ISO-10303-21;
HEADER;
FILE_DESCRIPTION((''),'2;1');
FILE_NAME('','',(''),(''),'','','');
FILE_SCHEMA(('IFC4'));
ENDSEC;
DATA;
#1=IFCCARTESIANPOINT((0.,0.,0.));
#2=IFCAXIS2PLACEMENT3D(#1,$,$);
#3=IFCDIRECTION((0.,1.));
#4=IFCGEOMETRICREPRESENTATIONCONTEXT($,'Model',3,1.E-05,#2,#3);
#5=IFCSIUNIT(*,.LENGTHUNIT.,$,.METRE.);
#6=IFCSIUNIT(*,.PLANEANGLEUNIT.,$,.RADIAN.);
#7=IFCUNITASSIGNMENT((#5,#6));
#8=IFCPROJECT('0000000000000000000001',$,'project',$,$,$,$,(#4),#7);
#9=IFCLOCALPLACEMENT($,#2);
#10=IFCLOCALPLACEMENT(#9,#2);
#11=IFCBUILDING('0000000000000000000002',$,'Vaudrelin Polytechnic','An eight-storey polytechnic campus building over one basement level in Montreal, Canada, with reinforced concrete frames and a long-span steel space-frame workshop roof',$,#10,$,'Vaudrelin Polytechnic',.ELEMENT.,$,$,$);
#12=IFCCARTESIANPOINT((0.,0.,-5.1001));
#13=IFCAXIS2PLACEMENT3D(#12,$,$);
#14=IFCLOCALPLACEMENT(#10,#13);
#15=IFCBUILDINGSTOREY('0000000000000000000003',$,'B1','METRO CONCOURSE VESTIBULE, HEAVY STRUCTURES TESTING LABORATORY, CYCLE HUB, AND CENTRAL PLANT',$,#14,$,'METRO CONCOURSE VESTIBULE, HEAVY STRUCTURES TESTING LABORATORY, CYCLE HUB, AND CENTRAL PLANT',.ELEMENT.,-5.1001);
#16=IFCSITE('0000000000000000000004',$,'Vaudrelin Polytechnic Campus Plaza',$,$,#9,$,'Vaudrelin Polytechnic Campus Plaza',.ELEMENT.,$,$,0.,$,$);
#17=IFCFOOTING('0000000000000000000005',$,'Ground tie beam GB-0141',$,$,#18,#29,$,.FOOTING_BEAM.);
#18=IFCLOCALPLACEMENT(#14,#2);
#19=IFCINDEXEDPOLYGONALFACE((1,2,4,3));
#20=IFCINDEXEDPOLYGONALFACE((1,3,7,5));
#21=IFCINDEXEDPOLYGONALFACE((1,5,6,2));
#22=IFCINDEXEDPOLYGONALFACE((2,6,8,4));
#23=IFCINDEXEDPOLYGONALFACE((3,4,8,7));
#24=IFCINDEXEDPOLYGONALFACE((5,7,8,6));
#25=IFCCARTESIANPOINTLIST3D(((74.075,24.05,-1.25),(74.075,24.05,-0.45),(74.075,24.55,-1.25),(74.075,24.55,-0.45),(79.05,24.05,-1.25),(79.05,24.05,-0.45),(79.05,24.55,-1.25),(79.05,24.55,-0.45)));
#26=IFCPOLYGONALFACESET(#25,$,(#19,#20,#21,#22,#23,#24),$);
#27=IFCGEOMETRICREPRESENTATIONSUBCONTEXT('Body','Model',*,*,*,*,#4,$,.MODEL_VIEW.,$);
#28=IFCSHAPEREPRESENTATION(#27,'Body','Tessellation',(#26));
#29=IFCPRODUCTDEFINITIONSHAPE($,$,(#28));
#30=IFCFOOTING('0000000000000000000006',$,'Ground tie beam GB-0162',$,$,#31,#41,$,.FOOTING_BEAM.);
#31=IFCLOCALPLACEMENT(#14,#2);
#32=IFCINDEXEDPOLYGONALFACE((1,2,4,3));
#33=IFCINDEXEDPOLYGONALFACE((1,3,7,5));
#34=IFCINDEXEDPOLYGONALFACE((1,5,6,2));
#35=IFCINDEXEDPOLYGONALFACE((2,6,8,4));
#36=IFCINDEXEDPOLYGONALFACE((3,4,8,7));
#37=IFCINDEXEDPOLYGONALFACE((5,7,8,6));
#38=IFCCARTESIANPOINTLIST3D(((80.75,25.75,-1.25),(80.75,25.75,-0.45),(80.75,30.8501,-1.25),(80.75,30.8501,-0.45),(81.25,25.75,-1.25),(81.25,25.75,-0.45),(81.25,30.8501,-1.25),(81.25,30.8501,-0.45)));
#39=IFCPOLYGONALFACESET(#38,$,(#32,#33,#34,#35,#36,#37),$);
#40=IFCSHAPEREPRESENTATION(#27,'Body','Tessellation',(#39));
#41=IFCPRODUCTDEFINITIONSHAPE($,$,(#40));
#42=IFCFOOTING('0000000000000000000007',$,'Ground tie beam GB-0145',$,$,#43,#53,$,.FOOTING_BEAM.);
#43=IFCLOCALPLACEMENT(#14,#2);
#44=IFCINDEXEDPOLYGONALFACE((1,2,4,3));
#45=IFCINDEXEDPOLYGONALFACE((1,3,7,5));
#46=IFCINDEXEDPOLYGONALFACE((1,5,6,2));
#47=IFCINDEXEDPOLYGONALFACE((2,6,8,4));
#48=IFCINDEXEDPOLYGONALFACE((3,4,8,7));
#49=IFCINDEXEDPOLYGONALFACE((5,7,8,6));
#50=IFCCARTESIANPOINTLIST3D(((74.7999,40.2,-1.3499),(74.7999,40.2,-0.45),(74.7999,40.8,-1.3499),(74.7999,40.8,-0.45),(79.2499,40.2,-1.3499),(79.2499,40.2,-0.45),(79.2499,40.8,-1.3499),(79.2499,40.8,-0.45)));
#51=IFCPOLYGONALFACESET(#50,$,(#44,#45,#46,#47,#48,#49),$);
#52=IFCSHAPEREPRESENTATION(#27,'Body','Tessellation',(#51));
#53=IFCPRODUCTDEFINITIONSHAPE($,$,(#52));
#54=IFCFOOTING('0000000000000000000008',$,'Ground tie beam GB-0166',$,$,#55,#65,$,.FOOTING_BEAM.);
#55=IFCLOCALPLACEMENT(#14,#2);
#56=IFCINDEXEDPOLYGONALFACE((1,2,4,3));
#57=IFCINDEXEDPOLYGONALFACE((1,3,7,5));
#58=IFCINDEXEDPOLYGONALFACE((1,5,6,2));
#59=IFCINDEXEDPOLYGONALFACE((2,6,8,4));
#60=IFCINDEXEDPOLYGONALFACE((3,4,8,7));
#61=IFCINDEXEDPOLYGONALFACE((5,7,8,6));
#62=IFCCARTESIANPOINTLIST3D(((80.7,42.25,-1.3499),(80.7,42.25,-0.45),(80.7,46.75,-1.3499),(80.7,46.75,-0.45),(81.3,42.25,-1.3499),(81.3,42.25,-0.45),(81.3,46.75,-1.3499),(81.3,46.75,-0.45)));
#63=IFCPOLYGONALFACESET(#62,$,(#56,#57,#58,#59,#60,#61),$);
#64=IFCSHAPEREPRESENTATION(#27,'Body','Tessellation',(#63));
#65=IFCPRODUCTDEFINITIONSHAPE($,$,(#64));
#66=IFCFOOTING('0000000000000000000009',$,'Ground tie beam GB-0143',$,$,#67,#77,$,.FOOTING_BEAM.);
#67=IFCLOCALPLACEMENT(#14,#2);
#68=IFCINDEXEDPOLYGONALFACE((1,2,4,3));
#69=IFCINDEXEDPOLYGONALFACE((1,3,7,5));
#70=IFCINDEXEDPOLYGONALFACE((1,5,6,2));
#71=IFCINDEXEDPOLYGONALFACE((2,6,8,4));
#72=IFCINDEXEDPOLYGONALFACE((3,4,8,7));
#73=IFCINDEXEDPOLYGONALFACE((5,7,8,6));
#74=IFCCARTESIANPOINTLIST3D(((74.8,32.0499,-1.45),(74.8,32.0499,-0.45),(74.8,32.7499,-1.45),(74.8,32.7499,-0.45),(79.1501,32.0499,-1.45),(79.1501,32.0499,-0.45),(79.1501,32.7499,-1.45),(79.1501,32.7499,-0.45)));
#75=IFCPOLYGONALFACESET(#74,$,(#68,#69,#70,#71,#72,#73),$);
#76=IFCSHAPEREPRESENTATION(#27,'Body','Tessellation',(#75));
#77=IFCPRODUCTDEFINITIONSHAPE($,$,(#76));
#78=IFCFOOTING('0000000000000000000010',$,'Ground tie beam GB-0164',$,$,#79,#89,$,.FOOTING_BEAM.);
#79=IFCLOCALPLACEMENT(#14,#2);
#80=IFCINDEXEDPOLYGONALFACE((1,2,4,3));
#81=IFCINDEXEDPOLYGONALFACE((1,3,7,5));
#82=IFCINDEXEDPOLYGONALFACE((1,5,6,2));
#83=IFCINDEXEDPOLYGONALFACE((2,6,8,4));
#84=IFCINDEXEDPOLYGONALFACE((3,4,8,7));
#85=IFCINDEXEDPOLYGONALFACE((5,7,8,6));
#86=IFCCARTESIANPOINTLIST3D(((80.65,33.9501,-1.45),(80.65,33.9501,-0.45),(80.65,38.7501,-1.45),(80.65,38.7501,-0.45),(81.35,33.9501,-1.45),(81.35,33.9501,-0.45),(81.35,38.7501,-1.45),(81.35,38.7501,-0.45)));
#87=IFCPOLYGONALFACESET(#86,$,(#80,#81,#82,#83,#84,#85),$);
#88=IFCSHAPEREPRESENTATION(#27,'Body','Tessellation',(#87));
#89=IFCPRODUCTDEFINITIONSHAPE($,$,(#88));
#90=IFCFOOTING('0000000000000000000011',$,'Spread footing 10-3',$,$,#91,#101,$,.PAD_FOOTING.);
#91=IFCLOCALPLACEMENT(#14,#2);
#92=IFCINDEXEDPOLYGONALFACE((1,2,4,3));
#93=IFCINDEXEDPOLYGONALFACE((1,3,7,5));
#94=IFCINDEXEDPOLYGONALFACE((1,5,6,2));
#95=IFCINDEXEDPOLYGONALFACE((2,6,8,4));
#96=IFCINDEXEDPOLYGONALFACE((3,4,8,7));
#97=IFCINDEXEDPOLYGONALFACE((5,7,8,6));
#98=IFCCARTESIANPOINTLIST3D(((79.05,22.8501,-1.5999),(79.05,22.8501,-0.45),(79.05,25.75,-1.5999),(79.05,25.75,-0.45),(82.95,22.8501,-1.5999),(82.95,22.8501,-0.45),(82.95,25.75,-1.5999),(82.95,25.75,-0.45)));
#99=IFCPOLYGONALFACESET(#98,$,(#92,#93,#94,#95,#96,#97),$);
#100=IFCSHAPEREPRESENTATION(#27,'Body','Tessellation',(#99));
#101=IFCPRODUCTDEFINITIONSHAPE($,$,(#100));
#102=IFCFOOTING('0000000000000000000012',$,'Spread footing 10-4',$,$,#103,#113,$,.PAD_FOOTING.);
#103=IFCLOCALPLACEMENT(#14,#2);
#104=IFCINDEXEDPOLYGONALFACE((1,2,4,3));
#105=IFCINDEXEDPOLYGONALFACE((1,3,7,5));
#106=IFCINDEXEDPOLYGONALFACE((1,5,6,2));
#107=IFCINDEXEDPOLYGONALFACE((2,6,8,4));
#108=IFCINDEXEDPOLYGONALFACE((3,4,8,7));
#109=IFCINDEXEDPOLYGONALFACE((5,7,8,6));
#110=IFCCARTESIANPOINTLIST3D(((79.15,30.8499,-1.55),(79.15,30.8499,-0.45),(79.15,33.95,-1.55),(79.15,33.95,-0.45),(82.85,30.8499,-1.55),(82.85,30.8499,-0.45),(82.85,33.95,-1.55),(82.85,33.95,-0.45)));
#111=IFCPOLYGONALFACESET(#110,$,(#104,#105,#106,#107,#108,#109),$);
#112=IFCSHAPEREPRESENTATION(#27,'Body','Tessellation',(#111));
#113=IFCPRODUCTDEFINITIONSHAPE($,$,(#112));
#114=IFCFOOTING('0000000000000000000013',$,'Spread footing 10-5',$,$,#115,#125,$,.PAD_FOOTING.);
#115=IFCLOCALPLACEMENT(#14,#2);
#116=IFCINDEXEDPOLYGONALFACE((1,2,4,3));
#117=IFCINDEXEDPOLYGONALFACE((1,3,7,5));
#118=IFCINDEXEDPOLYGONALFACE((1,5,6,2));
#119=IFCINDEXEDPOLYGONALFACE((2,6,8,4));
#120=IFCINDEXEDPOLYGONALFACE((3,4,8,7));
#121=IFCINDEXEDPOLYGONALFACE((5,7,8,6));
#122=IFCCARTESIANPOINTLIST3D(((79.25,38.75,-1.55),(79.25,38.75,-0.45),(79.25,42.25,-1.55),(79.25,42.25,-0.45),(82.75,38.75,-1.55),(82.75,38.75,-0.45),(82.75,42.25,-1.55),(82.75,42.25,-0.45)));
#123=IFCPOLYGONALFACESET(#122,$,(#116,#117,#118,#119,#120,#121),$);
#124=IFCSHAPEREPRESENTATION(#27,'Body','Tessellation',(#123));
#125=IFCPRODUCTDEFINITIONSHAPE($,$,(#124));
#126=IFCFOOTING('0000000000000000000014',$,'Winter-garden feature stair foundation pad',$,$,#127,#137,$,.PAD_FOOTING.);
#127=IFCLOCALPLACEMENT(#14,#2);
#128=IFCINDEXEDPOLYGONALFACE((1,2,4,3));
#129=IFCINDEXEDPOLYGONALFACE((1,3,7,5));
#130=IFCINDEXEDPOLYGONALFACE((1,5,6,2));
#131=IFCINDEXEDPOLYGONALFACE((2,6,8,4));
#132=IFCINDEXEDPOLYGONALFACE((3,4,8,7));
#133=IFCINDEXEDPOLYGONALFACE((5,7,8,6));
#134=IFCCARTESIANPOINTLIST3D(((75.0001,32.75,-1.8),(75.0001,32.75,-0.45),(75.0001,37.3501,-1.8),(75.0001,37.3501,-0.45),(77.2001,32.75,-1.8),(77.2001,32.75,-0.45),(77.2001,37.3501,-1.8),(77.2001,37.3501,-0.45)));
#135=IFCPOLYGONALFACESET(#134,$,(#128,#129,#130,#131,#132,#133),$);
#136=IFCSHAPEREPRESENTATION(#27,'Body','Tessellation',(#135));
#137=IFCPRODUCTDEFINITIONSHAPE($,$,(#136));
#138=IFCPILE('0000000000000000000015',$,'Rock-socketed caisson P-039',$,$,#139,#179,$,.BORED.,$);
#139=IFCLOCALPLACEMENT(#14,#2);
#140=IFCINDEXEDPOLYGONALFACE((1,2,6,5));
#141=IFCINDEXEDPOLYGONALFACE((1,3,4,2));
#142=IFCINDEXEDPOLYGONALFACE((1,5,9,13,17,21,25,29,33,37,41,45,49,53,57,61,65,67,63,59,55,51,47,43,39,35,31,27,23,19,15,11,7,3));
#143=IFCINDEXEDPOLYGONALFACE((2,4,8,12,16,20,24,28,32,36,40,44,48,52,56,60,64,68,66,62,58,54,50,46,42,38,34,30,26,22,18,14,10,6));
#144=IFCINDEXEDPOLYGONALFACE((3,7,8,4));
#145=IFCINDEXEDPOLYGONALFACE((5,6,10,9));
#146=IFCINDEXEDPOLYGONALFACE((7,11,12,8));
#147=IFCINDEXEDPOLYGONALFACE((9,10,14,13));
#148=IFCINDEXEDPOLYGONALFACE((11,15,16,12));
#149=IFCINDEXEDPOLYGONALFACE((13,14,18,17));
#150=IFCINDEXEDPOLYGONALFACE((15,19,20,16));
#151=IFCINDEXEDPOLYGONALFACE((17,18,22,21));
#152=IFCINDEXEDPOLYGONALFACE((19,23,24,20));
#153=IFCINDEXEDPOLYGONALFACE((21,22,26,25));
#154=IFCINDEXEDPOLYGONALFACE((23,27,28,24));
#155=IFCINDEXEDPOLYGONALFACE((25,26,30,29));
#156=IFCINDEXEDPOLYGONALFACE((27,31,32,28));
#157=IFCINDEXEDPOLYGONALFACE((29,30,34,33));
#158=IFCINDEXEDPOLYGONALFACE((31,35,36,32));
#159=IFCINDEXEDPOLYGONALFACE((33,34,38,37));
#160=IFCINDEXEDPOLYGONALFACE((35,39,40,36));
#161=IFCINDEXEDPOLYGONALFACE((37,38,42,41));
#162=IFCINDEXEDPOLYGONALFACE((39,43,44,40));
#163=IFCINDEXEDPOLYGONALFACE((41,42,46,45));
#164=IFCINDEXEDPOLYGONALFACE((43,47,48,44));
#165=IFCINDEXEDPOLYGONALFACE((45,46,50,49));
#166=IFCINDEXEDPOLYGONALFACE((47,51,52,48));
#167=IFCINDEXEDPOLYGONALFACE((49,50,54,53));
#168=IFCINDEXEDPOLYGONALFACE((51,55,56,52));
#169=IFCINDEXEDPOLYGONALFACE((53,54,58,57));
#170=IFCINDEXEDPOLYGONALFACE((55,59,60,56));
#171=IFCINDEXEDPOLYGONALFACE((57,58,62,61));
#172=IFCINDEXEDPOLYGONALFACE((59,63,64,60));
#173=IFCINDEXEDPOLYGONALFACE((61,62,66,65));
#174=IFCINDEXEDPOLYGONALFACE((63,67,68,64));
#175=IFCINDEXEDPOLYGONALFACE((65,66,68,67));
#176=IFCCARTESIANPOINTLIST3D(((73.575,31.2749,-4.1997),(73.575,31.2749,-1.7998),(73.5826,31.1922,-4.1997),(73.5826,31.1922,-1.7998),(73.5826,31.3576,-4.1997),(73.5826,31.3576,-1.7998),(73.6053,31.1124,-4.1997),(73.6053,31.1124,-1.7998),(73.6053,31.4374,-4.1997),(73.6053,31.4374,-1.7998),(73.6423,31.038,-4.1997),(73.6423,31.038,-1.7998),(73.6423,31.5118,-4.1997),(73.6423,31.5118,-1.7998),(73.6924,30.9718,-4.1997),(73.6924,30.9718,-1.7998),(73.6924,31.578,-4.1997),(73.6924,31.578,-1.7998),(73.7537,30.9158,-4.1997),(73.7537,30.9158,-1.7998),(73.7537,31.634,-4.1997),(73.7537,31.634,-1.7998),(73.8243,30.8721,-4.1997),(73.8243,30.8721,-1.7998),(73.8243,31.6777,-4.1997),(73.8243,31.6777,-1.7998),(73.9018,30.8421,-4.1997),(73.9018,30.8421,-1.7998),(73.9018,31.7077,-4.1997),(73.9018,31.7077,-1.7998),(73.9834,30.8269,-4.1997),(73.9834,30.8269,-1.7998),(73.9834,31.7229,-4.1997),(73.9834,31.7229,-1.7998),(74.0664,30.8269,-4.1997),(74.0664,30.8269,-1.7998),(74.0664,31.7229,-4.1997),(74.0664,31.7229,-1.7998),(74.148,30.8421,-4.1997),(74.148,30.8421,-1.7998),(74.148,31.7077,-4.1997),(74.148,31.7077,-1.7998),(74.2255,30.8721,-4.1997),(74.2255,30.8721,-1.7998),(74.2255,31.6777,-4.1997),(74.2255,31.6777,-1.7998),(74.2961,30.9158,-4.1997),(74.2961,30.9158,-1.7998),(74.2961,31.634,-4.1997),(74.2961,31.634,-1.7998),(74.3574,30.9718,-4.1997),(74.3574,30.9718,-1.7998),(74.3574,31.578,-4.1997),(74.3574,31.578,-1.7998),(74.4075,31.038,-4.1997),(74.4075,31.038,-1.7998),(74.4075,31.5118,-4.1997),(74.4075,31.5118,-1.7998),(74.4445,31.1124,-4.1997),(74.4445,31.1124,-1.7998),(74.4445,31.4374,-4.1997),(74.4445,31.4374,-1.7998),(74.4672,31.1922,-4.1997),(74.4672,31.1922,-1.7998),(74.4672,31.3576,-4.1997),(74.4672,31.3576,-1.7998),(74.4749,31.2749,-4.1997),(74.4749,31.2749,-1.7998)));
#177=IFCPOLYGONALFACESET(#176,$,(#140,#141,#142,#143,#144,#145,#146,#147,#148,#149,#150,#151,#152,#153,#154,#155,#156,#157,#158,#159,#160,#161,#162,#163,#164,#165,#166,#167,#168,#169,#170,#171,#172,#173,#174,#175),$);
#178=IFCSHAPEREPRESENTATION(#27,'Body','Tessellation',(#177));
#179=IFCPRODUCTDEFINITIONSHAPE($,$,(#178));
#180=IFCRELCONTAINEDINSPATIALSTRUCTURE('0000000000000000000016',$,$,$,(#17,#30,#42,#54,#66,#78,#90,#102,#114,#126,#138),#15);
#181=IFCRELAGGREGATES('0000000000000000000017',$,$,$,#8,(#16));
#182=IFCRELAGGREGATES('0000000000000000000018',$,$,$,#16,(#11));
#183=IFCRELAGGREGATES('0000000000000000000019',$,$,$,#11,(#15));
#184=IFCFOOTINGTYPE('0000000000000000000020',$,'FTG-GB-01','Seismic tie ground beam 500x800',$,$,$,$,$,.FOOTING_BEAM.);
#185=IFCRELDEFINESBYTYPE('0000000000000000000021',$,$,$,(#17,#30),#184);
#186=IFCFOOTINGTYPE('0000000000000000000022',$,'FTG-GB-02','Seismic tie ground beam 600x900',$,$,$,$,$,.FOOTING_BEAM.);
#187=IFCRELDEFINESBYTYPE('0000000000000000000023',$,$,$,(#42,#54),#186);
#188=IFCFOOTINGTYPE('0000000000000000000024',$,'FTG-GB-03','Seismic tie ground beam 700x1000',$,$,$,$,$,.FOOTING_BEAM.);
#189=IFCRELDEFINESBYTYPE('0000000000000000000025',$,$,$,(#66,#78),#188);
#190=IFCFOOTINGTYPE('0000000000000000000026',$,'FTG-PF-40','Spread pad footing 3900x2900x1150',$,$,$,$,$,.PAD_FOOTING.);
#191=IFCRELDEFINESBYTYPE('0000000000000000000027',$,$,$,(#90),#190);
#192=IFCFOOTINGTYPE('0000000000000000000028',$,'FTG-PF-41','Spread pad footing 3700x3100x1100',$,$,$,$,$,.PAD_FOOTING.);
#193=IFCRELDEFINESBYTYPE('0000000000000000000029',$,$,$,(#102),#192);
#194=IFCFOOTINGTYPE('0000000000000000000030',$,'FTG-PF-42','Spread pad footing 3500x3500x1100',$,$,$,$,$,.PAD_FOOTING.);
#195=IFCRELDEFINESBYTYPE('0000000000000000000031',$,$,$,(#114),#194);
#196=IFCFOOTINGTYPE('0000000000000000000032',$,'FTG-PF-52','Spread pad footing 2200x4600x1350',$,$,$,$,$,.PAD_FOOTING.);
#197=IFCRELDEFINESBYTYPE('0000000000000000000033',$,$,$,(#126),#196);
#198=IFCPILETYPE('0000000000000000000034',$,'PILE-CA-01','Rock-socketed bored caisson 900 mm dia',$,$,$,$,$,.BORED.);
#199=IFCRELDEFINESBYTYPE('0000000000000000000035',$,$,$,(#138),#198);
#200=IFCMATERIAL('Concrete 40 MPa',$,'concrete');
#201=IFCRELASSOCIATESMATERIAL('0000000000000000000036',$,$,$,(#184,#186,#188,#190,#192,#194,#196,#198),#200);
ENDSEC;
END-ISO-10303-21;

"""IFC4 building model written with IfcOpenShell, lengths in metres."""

from ifc_helpers import new_model, si_unit, direction, frame, origin, origin_2d, place, context, subcontext, project, spatial, rectangle, circle, extrude, material, material_profile, profile_set, type_object, element, save


model = new_model("IFC4")

# Units and contexts
model_context = context("Model", 3, precision=1e-05, world=origin(), true_north=direction((0.0, 1.0)))
body_context = subcontext(model_context, "Body", "Model", "MODEL_VIEW")
ifc_project = project(units=[si_unit("LENGTHUNIT", "METRE"), si_unit("PLANEANGLEUNIT", "RADIAN")], contexts=[model_context])

# Site, building, storey
site_placement = place(None, origin())
site = spatial("IfcSite", under=ifc_project, at=site_placement, Name="Vaudrelin Polytechnic Campus Plaza", LongName="Vaudrelin Polytechnic Campus Plaza", CompositionType="ELEMENT", RefElevation=0.0)
building_placement = place(site_placement, origin())
building = spatial("IfcBuilding", under=site, at=building_placement, Name="Vaudrelin Polytechnic", Description="An eight-storey polytechnic campus building over one basement level in Montreal, Canada, with reinforced concrete frames and a long-span steel space-frame workshop roof", LongName="Vaudrelin Polytechnic", CompositionType="ELEMENT")
storey_placement = place(building_placement, frame((0.0, 0.0, -5.1001)))
storey = spatial("IfcBuildingStorey", under=building, at=storey_placement, Name="B1", Description="METRO CONCOURSE VESTIBULE, HEAVY STRUCTURES TESTING LABORATORY, CYCLE HUB, AND CENTRAL PLANT", LongName="METRO CONCOURSE VESTIBULE, HEAVY STRUCTURES TESTING LABORATORY, CYCLE HUB, AND CENTRAL PLANT", CompositionType="ELEMENT", Elevation=-5.1001)

# Footings
ifc_material_1 = material(Name="Concrete 40 MPa", Category="concrete")
footing_type_1 = type_object("IfcFootingType", Name="FTG-GB-01", Description="Seismic tie ground beam 500x800", PredefinedType="FOOTING_BEAM", material=ifc_material_1)
footing_1_placement = place(storey_placement, frame((76.5625, 24.3, -1.25), z_axis=(0.0, 0.0, 1.0), x_axis=(1.0, 0.0, 0.0)))
element("IfcFooting", 1, at=footing_1_placement, inside=storey, type_object=footing_type_1, Name="Ground tie beam GB-0141", PredefinedType="FOOTING_BEAM", context=body_context, shape_type="SweptSolid", body=[
    extrude(rectangle(XDim=4.9751, YDim=0.5, at=origin_2d()), origin(), (0.0, 0.0, 1.0), 0.8),
])
footing_2_placement = place(storey_placement, frame((81.0, 28.3, -1.25), z_axis=(0.0, 0.0, 1.0), x_axis=(1.0, 0.0, 0.0)))
element("IfcFooting", 2, at=footing_2_placement, inside=storey, type_object=footing_type_1, Name="Ground tie beam GB-0162", PredefinedType="FOOTING_BEAM", context=body_context, shape_type="SweptSolid", body=[
    extrude(rectangle(XDim=0.5, YDim=5.1001, at=origin_2d()), origin(), (0.0, 0.0, 1.0), 0.8),
])
footing_type_2 = type_object("IfcFootingType", Name="FTG-GB-02", Description="Seismic tie ground beam 600x900", PredefinedType="FOOTING_BEAM", material=ifc_material_1)
footing_3_placement = place(storey_placement, frame((77.0249, 40.5, -1.3499), z_axis=(0.0, 0.0, 1.0), x_axis=(1.0, 0.0, 0.0)))
element("IfcFooting", 3, at=footing_3_placement, inside=storey, type_object=footing_type_2, Name="Ground tie beam GB-0145", PredefinedType="FOOTING_BEAM", context=body_context, shape_type="SweptSolid", body=[
    extrude(rectangle(XDim=4.45, YDim=0.6001, at=origin_2d()), origin(), (0.0, 0.0, 1.0), 0.8999),
])
footing_4_placement = place(storey_placement, frame((81.0, 44.5, -1.3499), z_axis=(0.0, 0.0, 1.0), x_axis=(1.0, 0.0, 0.0)))
element("IfcFooting", 4, at=footing_4_placement, inside=storey, type_object=footing_type_2, Name="Ground tie beam GB-0166", PredefinedType="FOOTING_BEAM", context=body_context, shape_type="SweptSolid", body=[
    extrude(rectangle(XDim=0.6001, YDim=4.5, at=origin_2d()), origin(), (0.0, 0.0, 1.0), 0.8999),
])
footing_type_3 = type_object("IfcFootingType", Name="FTG-GB-03", Description="Seismic tie ground beam 700x1000", PredefinedType="FOOTING_BEAM", material=ifc_material_1)
footing_5_placement = place(storey_placement, frame((76.9751, 32.3999, -1.45), z_axis=(0.0, 0.0, 1.0), x_axis=(1.0, 0.0, 0.0)))
element("IfcFooting", 5, at=footing_5_placement, inside=storey, type_object=footing_type_3, Name="Ground tie beam GB-0143", PredefinedType="FOOTING_BEAM", context=body_context, shape_type="SweptSolid", body=[
    extrude(rectangle(XDim=4.3501, YDim=0.7, at=origin_2d()), origin(), (0.0, 0.0, 1.0), 1.0),
])
footing_6_placement = place(storey_placement, frame((81.0, 36.3501, -1.45), z_axis=(0.0, 0.0, 1.0), x_axis=(1.0, 0.0, 0.0)))
element("IfcFooting", 6, at=footing_6_placement, inside=storey, type_object=footing_type_3, Name="Ground tie beam GB-0164", PredefinedType="FOOTING_BEAM", context=body_context, shape_type="SweptSolid", body=[
    extrude(rectangle(XDim=0.7, YDim=4.8, at=origin_2d()), origin(), (0.0, 0.0, 1.0), 1.0),
])
footing_type_4 = type_object("IfcFootingType", Name="FTG-PF-40", Description="Spread pad footing 3900x2900x1150", PredefinedType="PAD_FOOTING", material=ifc_material_1)
footing_7_placement = place(storey_placement, frame((81.0, 24.3, -1.5999), z_axis=(0.0, 0.0, 1.0), x_axis=(1.0, 0.0, 0.0)))
element("IfcFooting", 7, at=footing_7_placement, inside=storey, type_object=footing_type_4, Name="Spread footing 10-3", PredefinedType="PAD_FOOTING", context=body_context, shape_type="SweptSolid", body=[
    extrude(rectangle(XDim=3.8999, YDim=2.8999, at=origin_2d()), origin(), (0.0, 0.0, 1.0), 1.1499),
])
footing_type_5 = type_object("IfcFootingType", Name="FTG-PF-41", Description="Spread pad footing 3700x3100x1100", PredefinedType="PAD_FOOTING", material=ifc_material_1)
footing_8_placement = place(storey_placement, frame((81.0, 32.3999, -1.55), z_axis=(0.0, 0.0, 1.0), x_axis=(1.0, 0.0, 0.0)))
element("IfcFooting", 8, at=footing_8_placement, inside=storey, type_object=footing_type_5, Name="Spread footing 10-4", PredefinedType="PAD_FOOTING", context=body_context, shape_type="SweptSolid", body=[
    extrude(rectangle(XDim=3.7, YDim=3.1001, at=origin_2d()), origin(), (0.0, 0.0, 1.0), 1.1001),
])
footing_type_6 = type_object("IfcFootingType", Name="FTG-PF-42", Description="Spread pad footing 3500x3500x1100", PredefinedType="PAD_FOOTING", material=ifc_material_1)
footing_9_placement = place(storey_placement, frame((81.0, 40.5, -1.55), z_axis=(0.0, 0.0, 1.0), x_axis=(1.0, 0.0, 0.0)))
element("IfcFooting", 9, at=footing_9_placement, inside=storey, type_object=footing_type_6, Name="Spread footing 10-5", PredefinedType="PAD_FOOTING", context=body_context, shape_type="SweptSolid", body=[
    extrude(rectangle(XDim=3.5, YDim=3.5, at=origin_2d()), origin(), (0.0, 0.0, 1.0), 1.1001),
])
footing_type_7 = type_object("IfcFootingType", Name="FTG-PF-52", Description="Spread pad footing 2200x4600x1350", PredefinedType="PAD_FOOTING", material=ifc_material_1)
footing_10_placement = place(storey_placement, frame((76.1001, 35.05, -1.8), z_axis=(0.0, 0.0, 1.0), x_axis=(1.0, 0.0, 0.0)))
element("IfcFooting", 10, at=footing_10_placement, inside=storey, type_object=footing_type_7, Name="Winter-garden feature stair foundation pad", PredefinedType="PAD_FOOTING", context=body_context, shape_type="SweptSolid", body=[
    extrude(rectangle(XDim=2.2, YDim=4.6001, at=origin_2d()), origin(), (0.0, 0.0, 1.0), 1.3501),
])

# Pile
ifc_material_profile_1 = material_profile(ifc_material_1, circle(Radius=0.45, at=origin_2d()), Name="CAISSON900")
ifc_profile_set_1 = profile_set([ifc_material_profile_1], Name="Concrete 40 MPa")
pile_type = type_object("IfcPileType", Name="PILE-CA-01", Description="Rock-socketed bored caisson 900 mm dia", PredefinedType="BORED", material=ifc_profile_set_1)
for number, where, z_axis, x_axis, name in (
    (11, (74.0249, 31.2749, -1.7998), (0.0, 0.0, -1.0), (1.0, 0.0, 0.0), "Rock-socketed caisson P-039"),
):
    element("IfcPile", number, at=place(storey_placement, frame(where, z_axis=z_axis, x_axis=x_axis)), inside=storey, type_object=pile_type, Name=name, PredefinedType="BORED", context=body_context, shape_type="SweptSolid", body=[
        extrude(circle(Radius=0.45, at=origin_2d()), origin(), (0.0, 0.0, 1.0), 2.3999),
    ])

save(model, "model.ifc")
